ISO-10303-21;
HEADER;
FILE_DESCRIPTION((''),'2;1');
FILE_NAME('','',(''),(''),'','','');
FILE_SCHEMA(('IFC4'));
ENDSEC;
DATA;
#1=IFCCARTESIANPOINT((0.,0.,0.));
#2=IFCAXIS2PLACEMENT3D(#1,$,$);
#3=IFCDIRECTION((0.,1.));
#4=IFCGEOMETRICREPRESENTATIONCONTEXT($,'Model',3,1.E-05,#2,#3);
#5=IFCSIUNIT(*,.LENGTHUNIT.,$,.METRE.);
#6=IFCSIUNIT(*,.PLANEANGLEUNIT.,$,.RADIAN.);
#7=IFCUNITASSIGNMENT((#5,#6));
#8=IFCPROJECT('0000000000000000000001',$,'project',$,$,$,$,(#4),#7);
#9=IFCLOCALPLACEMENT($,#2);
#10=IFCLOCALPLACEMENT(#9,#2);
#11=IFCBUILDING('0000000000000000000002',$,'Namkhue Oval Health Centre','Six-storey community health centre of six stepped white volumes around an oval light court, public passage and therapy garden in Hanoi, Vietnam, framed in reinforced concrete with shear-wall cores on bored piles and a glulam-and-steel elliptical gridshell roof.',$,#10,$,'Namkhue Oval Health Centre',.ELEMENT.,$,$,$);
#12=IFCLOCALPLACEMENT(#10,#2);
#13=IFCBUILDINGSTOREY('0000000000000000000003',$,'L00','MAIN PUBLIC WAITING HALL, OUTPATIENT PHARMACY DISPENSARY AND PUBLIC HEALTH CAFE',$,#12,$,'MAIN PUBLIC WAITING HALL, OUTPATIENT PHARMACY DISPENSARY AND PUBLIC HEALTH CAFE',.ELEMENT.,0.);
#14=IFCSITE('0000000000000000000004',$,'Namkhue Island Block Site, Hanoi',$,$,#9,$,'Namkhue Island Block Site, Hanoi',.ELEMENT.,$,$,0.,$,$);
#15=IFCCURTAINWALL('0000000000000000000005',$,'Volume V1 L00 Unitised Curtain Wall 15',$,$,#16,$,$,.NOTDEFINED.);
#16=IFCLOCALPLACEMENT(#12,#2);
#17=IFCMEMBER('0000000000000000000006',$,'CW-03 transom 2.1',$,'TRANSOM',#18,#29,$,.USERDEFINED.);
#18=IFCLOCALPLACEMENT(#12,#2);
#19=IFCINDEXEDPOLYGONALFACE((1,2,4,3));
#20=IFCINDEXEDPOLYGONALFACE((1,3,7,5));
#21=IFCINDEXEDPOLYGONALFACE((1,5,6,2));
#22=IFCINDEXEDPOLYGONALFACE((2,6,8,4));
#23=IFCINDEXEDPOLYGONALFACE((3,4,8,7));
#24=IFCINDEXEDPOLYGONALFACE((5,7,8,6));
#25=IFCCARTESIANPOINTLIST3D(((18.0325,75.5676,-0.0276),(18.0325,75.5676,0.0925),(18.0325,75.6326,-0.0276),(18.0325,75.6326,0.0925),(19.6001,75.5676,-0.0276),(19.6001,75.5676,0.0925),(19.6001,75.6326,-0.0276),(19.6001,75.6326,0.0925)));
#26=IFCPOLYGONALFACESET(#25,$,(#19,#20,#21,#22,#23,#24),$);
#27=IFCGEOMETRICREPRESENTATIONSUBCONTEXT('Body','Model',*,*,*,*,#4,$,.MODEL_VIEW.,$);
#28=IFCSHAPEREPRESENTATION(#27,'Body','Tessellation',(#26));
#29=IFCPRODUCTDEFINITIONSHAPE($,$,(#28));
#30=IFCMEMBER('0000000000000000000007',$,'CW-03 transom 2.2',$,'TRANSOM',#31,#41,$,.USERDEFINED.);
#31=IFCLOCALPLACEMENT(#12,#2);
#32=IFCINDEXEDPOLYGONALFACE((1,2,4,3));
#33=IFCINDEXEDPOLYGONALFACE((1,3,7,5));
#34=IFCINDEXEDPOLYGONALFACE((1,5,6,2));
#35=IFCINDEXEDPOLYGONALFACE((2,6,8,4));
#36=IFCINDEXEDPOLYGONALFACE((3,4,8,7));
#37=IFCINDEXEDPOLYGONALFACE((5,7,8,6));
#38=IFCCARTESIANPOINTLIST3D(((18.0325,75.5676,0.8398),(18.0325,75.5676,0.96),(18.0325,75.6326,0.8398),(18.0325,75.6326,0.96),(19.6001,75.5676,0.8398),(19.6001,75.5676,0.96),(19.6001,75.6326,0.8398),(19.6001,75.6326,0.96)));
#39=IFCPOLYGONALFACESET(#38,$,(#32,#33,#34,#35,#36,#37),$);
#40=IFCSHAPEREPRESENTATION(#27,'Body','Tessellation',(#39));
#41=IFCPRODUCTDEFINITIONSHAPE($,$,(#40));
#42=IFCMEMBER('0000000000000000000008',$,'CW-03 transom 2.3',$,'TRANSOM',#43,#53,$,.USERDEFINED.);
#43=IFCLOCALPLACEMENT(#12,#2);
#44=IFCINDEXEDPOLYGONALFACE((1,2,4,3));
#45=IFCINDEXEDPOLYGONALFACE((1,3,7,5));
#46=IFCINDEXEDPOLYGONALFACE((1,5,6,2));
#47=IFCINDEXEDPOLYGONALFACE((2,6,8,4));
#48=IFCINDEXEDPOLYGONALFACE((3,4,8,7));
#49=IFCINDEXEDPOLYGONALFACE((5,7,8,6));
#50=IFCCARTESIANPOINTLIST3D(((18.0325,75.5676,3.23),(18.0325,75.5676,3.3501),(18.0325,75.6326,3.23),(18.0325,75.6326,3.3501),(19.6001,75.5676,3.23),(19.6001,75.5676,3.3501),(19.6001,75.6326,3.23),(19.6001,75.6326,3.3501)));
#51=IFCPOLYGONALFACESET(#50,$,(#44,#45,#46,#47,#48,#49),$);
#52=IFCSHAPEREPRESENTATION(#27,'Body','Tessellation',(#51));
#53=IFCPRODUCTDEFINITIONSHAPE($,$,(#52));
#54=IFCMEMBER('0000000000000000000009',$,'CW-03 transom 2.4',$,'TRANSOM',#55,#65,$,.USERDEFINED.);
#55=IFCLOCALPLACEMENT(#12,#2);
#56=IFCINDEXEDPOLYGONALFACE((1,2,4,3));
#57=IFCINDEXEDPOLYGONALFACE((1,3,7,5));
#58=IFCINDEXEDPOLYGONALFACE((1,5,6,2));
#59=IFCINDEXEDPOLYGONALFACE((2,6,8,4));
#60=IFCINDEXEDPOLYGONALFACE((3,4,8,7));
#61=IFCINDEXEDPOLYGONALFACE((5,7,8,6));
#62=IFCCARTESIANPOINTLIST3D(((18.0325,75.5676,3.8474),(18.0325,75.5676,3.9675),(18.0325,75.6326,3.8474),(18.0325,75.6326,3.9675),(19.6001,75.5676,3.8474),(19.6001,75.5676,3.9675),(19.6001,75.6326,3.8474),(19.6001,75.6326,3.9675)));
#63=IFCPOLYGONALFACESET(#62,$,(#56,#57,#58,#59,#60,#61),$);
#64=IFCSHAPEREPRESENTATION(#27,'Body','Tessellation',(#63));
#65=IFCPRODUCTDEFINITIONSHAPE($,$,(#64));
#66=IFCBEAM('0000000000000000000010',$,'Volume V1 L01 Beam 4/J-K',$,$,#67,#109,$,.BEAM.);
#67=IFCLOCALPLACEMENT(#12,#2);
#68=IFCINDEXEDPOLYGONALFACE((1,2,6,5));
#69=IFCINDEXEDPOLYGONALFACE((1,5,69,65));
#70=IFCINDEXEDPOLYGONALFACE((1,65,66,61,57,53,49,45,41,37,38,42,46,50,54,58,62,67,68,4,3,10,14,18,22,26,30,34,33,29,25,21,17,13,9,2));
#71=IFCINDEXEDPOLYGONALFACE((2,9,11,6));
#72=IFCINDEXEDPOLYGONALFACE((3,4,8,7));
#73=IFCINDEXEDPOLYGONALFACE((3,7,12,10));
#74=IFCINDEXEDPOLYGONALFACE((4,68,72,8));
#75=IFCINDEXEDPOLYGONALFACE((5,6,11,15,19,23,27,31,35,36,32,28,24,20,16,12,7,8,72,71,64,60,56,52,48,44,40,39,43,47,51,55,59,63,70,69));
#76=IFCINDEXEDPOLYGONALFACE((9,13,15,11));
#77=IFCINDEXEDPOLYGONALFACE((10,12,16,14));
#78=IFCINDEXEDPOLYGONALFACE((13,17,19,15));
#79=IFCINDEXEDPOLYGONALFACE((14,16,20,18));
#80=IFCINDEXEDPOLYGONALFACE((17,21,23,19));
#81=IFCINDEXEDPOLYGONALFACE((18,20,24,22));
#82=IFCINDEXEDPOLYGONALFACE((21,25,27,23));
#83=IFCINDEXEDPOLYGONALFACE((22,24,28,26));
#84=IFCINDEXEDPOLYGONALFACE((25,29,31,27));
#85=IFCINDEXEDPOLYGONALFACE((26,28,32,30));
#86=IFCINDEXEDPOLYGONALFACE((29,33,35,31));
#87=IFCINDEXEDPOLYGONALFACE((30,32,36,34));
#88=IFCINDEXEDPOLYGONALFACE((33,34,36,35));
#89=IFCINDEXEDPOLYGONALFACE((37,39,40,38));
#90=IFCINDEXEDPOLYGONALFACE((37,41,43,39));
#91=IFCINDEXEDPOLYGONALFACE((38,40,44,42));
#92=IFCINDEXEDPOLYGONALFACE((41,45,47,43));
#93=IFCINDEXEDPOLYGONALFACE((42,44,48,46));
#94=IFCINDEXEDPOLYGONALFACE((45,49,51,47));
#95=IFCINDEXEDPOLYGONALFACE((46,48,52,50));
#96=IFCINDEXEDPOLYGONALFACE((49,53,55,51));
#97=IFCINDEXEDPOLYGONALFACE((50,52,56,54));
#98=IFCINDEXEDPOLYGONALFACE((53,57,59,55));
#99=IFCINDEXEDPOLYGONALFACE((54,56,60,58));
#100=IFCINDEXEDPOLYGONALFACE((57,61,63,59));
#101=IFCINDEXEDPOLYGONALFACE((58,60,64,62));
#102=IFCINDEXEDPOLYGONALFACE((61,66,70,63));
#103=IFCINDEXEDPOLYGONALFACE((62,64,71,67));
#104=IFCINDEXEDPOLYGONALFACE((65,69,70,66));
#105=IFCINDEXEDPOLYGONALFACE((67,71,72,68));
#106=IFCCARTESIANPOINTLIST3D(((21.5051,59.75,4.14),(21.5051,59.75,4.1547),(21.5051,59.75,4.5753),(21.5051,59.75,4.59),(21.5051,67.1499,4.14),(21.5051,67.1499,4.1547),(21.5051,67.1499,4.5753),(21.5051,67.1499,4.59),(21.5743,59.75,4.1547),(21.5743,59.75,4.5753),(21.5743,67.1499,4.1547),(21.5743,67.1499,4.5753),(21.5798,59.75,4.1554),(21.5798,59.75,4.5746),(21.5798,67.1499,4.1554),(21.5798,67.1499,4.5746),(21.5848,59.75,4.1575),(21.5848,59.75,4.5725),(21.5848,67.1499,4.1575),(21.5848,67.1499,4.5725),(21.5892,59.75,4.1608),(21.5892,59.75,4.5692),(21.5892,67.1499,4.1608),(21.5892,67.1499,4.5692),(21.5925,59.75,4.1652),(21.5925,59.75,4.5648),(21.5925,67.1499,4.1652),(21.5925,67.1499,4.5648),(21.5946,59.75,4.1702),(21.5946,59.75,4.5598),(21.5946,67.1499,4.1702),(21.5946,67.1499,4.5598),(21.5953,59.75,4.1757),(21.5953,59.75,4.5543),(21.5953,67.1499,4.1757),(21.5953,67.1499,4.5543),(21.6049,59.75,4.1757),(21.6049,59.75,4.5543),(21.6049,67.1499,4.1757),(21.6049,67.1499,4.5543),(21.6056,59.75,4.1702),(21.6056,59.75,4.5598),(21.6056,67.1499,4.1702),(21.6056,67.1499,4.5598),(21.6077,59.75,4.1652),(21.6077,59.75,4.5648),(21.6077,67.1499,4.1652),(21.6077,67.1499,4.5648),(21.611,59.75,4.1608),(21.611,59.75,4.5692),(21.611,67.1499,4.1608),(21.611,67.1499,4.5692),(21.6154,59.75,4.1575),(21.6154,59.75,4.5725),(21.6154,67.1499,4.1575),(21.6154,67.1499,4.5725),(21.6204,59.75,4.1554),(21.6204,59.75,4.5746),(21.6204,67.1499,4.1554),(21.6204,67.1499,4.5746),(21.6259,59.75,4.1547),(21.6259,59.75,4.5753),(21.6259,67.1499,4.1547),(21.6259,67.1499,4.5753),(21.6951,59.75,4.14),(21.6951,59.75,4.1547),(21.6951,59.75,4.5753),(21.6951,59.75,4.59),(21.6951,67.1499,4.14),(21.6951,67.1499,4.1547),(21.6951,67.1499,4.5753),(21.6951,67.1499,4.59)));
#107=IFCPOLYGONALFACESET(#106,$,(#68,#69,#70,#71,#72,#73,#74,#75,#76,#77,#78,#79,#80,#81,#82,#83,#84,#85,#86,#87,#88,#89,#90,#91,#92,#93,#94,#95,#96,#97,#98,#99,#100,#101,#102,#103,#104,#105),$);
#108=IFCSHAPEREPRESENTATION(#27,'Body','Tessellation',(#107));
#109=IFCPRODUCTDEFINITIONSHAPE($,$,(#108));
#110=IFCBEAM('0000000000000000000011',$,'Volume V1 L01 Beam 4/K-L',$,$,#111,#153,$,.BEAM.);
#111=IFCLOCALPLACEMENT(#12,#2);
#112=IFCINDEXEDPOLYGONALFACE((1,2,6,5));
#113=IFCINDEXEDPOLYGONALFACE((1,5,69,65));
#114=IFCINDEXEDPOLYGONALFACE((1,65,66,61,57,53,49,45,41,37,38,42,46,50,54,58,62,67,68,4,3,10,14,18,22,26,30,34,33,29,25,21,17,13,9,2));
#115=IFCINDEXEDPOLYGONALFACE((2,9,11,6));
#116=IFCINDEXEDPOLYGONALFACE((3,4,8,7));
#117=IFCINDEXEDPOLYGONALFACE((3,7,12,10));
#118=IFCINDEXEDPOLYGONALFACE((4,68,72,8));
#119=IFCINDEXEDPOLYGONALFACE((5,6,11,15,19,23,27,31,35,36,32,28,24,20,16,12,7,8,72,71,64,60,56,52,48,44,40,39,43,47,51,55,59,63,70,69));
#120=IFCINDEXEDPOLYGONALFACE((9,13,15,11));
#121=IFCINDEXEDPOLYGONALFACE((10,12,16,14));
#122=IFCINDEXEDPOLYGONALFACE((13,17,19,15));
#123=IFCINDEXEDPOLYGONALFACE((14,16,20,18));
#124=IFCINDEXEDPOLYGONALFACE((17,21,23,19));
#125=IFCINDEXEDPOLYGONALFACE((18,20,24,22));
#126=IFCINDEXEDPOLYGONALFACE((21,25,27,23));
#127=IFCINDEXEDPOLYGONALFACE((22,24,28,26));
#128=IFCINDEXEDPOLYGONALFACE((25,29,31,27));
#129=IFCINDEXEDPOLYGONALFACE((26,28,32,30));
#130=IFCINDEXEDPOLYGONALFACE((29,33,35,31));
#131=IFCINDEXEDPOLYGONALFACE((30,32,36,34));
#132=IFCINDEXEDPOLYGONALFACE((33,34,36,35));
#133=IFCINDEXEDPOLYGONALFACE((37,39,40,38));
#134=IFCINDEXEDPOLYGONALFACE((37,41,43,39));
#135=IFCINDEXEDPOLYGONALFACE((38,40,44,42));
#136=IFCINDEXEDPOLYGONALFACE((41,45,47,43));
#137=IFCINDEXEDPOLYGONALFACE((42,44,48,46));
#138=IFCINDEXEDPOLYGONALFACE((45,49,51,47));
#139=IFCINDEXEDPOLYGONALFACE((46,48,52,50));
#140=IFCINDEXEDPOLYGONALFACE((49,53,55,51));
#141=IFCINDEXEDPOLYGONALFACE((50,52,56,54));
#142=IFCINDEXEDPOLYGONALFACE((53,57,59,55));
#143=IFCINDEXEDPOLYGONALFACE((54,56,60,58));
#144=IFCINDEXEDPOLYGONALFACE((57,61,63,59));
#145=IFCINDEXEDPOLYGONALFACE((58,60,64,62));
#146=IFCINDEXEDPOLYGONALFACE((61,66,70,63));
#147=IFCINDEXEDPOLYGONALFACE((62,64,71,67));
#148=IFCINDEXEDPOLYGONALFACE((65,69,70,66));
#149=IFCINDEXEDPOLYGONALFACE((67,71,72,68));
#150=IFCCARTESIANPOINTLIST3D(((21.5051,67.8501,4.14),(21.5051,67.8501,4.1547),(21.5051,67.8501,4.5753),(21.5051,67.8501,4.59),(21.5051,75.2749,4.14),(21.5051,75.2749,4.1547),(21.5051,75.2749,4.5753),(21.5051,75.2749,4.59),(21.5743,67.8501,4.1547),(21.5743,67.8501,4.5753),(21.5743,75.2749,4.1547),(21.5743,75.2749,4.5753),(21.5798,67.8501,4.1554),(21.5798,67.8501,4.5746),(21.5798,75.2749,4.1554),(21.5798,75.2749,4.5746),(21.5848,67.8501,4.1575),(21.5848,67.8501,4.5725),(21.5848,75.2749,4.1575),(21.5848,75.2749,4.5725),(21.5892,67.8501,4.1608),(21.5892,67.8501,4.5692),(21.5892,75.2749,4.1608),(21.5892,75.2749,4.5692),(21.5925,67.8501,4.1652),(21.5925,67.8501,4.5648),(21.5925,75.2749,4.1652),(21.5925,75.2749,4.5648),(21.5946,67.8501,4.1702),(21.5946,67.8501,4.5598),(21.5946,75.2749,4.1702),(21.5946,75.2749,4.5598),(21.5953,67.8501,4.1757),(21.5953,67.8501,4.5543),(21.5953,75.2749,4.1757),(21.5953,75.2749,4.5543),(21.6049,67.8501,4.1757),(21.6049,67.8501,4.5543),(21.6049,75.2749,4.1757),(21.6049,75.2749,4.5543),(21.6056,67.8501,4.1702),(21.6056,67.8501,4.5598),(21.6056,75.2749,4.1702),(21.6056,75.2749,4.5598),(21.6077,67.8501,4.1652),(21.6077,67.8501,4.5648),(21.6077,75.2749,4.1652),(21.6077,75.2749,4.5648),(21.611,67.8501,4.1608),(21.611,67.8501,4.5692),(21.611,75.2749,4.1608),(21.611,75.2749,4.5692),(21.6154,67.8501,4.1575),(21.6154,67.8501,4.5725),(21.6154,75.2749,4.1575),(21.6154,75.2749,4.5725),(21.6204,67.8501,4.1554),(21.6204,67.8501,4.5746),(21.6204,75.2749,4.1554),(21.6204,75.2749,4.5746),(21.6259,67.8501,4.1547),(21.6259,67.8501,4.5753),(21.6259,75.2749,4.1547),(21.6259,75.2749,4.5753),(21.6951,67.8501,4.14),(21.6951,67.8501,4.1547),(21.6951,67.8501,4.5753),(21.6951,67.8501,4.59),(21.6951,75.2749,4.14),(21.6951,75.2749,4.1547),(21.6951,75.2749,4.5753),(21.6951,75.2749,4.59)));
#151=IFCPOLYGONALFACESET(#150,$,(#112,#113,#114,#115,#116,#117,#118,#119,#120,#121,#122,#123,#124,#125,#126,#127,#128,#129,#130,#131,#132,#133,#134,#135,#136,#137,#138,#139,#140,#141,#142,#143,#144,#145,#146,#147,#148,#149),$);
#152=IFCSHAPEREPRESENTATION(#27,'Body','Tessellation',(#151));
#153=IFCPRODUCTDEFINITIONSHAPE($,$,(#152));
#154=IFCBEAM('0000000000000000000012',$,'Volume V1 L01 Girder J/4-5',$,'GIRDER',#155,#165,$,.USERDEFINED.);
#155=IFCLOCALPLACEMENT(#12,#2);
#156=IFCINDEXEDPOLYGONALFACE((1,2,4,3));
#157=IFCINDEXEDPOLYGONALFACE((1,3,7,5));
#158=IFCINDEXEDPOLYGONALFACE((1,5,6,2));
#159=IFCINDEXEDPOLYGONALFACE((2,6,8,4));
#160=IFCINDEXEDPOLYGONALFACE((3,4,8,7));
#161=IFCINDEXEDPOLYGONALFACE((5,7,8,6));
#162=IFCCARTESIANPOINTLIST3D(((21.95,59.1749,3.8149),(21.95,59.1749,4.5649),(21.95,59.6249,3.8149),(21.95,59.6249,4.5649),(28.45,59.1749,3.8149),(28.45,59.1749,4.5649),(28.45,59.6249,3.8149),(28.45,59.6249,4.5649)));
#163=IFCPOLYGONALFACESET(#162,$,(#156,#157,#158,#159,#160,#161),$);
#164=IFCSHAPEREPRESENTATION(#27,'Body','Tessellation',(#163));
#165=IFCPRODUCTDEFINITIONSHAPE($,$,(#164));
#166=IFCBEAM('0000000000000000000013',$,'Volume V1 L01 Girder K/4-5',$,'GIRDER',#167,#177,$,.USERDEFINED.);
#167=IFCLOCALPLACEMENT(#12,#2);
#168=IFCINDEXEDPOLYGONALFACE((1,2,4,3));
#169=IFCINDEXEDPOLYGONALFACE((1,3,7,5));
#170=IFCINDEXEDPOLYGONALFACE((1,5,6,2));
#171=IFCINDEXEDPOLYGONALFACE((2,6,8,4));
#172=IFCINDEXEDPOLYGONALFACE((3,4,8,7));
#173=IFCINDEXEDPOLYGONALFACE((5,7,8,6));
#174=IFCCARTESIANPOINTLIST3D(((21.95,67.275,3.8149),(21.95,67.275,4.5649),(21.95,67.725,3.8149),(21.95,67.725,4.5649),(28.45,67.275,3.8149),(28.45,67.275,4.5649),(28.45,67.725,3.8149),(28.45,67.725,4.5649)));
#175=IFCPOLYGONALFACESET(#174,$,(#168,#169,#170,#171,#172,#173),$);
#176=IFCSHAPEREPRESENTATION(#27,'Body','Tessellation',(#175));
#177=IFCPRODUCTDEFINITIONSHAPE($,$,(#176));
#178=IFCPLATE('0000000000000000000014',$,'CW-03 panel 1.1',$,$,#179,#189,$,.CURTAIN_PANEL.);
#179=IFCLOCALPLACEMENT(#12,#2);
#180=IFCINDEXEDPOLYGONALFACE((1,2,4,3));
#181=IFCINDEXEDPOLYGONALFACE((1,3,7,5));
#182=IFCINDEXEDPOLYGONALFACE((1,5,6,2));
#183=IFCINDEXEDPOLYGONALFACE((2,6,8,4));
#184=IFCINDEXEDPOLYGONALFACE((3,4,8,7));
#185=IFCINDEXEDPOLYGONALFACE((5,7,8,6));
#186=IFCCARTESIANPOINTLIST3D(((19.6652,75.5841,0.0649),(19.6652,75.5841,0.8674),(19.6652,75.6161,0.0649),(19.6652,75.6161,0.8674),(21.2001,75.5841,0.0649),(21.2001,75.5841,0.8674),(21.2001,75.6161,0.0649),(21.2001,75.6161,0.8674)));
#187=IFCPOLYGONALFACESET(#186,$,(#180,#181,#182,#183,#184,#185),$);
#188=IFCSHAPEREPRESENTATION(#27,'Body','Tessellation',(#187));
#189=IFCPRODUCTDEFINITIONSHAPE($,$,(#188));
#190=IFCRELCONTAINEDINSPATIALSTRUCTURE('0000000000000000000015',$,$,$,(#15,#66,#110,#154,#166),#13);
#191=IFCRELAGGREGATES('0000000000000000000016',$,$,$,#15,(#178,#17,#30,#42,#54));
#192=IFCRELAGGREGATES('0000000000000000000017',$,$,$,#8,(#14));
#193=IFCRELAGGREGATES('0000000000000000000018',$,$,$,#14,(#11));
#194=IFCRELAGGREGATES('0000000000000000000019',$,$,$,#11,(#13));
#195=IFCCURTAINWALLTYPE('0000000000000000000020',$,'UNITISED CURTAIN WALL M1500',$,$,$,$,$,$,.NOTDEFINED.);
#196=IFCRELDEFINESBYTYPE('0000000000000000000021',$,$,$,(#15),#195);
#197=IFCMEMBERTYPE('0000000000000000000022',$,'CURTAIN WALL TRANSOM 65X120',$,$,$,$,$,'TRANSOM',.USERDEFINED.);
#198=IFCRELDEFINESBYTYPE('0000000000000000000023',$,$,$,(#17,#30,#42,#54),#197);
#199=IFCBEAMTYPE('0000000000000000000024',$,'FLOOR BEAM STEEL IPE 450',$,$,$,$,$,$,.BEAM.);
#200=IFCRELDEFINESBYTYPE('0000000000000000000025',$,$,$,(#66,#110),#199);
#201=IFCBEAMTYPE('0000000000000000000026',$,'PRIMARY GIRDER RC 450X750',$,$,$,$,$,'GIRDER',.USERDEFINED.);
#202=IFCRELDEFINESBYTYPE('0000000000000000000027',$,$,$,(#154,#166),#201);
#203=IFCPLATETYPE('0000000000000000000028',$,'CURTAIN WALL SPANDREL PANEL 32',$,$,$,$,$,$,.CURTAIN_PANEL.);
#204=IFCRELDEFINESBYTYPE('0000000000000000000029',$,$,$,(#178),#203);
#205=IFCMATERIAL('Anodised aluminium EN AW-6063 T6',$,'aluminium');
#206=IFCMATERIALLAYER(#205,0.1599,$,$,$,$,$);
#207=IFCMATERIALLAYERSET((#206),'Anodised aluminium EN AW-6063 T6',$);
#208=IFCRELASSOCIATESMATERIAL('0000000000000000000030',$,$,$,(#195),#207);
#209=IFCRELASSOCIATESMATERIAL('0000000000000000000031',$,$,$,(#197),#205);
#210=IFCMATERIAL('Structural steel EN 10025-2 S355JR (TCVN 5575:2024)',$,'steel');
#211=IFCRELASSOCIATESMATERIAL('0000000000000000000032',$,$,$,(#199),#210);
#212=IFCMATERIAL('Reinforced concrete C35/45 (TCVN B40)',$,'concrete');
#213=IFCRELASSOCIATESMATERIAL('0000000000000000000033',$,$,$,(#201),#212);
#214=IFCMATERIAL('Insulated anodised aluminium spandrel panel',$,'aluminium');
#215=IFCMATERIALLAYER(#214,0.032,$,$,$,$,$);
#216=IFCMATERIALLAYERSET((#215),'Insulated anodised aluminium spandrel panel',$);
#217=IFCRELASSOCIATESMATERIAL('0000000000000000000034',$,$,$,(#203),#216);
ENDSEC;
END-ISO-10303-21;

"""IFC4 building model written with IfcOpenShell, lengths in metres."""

from ifc_helpers import new_model, si_unit, direction, frame, origin, origin_2d, place, context, subcontext, project, spatial, rectangle, i_section, extrude, material, layer, layer_set, material_profile, profile_set, type_object, element, aggregate, save


model = new_model("IFC4")

# Units and contexts
model_context = context("Model", 3, precision=1e-05, world=origin(), true_north=direction((0.0, 1.0)))
body_context = subcontext(model_context, "Body", "Model", "MODEL_VIEW")
ifc_project = project(units=[si_unit("LENGTHUNIT", "METRE"), si_unit("PLANEANGLEUNIT", "RADIAN")], contexts=[model_context])

# Site, building, storey
site_placement = place(None, origin())
site = spatial("IfcSite", under=ifc_project, at=site_placement, Name="Namkhue Island Block Site, Hanoi", LongName="Namkhue Island Block Site, Hanoi", CompositionType="ELEMENT", RefElevation=0.0)
building_placement = place(site_placement, origin())
building = spatial("IfcBuilding", under=site, at=building_placement, Name="Namkhue Oval Health Centre", Description="Six-storey community health centre of six stepped white volumes around an oval light court, public passage and therapy garden in Hanoi, Vietnam, framed in reinforced concrete with shear-wall cores on bored piles and a glulam-and-steel elliptical gridshell roof.", LongName="Namkhue Oval Health Centre", CompositionType="ELEMENT")
storey_placement = place(building_placement, origin())
storey = spatial("IfcBuildingStorey", under=building, at=storey_placement, Name="L00", Description="MAIN PUBLIC WAITING HALL, OUTPATIENT PHARMACY DISPENSARY AND PUBLIC HEALTH CAFE", LongName="MAIN PUBLIC WAITING HALL, OUTPATIENT PHARMACY DISPENSARY AND PUBLIC HEALTH CAFE", CompositionType="ELEMENT", Elevation=0.0)

# Shared definitions
ifc_material_1 = material(Name="Reinforced concrete C35/45 (TCVN B40)", Category="concrete")

# Curtain wall, members
ifc_material_2 = material(Name="Anodised aluminium EN AW-6063 T6", Category="aluminium")
ifc_layer_1 = layer(ifc_material_2, 0.1599)
ifc_layer_set_1 = layer_set([ifc_layer_1], Name="Anodised aluminium EN AW-6063 T6")
curtain_wall_type = type_object("IfcCurtainWallType", Name="UNITISED CURTAIN WALL M1500", PredefinedType="NOTDEFINED", material=ifc_layer_set_1)
curtain_wall_placement = place(storey_placement, origin())
curtain_wall = element("IfcCurtainWall", 1, at=curtain_wall_placement, inside=storey, type_object=curtain_wall_type, Name="Volume V1 L00 Unitised Curtain Wall 15", PredefinedType="NOTDEFINED")
ifc_material_profile_1 = material_profile(ifc_material_2, rectangle(XDim=0.0649, YDim=0.1201, at=origin_2d()), Name="ALU 65x120")
ifc_profile_set_1 = profile_set([ifc_material_profile_1], Name="Anodised aluminium EN AW-6063 T6")
member_type_1 = type_object("IfcMemberType", Name="CURTAIN WALL TRANSOM 65X120", ElementType="TRANSOM", PredefinedType="USERDEFINED", material=ifc_profile_set_1)
member_1_placement = place(storey_placement, frame((19.6001, 75.6001, 0.0325), z_axis=(-1.0, 0.0, 0.0), x_axis=(0.0, -1.0, 0.0)))
member_1 = element("IfcMember", 2, at=member_1_placement, type_object=member_type_1, Name="CW-03 transom 2.1", ObjectType="TRANSOM", PredefinedType="USERDEFINED", context=body_context, shape_type="SweptSolid", body=[
    extrude(rectangle(XDim=0.0649, YDim=0.1201, at=origin_2d()), origin(), (0.0, 0.0, 1.0), 1.5676),
])
member_2_placement = place(storey_placement, frame((19.6001, 75.6001, 0.8999), z_axis=(-1.0, 0.0, 0.0), x_axis=(0.0, -1.0, 0.0)))
member_2 = element("IfcMember", 3, at=member_2_placement, type_object=member_type_1, Name="CW-03 transom 2.2", ObjectType="TRANSOM", PredefinedType="USERDEFINED", context=body_context, shape_type="SweptSolid", body=[
    extrude(rectangle(XDim=0.0649, YDim=0.1201, at=origin_2d()), origin(), (0.0, 0.0, 1.0), 1.5676),
])
member_3_placement = place(storey_placement, frame((19.6001, 75.6001, 3.29), z_axis=(-1.0, 0.0, 0.0), x_axis=(0.0, -1.0, 0.0)))
member_3 = element("IfcMember", 4, at=member_3_placement, type_object=member_type_1, Name="CW-03 transom 2.3", ObjectType="TRANSOM", PredefinedType="USERDEFINED", context=body_context, shape_type="SweptSolid", body=[
    extrude(rectangle(XDim=0.0649, YDim=0.1201, at=origin_2d()), origin(), (0.0, 0.0, 1.0), 1.5676),
])
member_4_placement = place(storey_placement, frame((19.6001, 75.6001, 3.9075), z_axis=(-1.0, 0.0, 0.0), x_axis=(0.0, -1.0, 0.0)))
member_4 = element("IfcMember", 5, at=member_4_placement, type_object=member_type_1, Name="CW-03 transom 2.4", ObjectType="TRANSOM", PredefinedType="USERDEFINED", context=body_context, shape_type="SweptSolid", body=[
    extrude(rectangle(XDim=0.0649, YDim=0.1201, at=origin_2d()), origin(), (0.0, 0.0, 1.0), 1.5676),
])

# Beams
ifc_material_3 = material(Name="Structural steel EN 10025-2 S355JR (TCVN 5575:2024)", Category="steel")
ifc_material_profile_2 = material_profile(ifc_material_3, i_section(OverallWidth=0.1899, OverallDepth=0.45, WebThickness=0.0095, FlangeThickness=0.0146, FilletRadius=0.021, at=origin_2d()), Name="IPE 450")
ifc_profile_set_2 = profile_set([ifc_material_profile_2], Name="Structural steel EN 10025-2 S355JR (TCVN 5575:2024)")
beam_type_1 = type_object("IfcBeamType", Name="FLOOR BEAM STEEL IPE 450", PredefinedType="BEAM", material=ifc_profile_set_2)
beam_1_placement = place(storey_placement, frame((21.6001, 59.75, 4.365), z_axis=(0.0, 1.0, 0.0), x_axis=(-1.0, 0.0, 0.0)))
element("IfcBeam", 6, at=beam_1_placement, inside=storey, type_object=beam_type_1, Name="Volume V1 L01 Beam 4/J-K", PredefinedType="BEAM", context=body_context, shape_type="SweptSolid", body=[
    extrude(i_section(OverallWidth=0.1899, OverallDepth=0.45, WebThickness=0.0095, FlangeThickness=0.0146, FilletRadius=0.021, at=origin_2d()), origin(), (0.0, 0.0, 1.0), 7.3999),
])
beam_2_placement = place(storey_placement, frame((21.6001, 67.8501, 4.365), z_axis=(0.0, 1.0, 0.0), x_axis=(-1.0, 0.0, 0.0)))
element("IfcBeam", 7, at=beam_2_placement, inside=storey, type_object=beam_type_1, Name="Volume V1 L01 Beam 4/K-L", PredefinedType="BEAM", context=body_context, shape_type="SweptSolid", body=[
    extrude(i_section(OverallWidth=0.1899, OverallDepth=0.45, WebThickness=0.0095, FlangeThickness=0.0146, FilletRadius=0.021, at=origin_2d()), origin(), (0.0, 0.0, 1.0), 7.4248),
])
ifc_material_profile_3 = material_profile(ifc_material_1, rectangle(XDim=0.45, YDim=0.75, at=origin_2d()), Name="RC 450x750")
ifc_profile_set_3 = profile_set([ifc_material_profile_3], Name="Reinforced concrete C35/45 (TCVN B40)")
beam_type_2 = type_object("IfcBeamType", Name="PRIMARY GIRDER RC 450X750", ElementType="GIRDER", PredefinedType="USERDEFINED", material=ifc_profile_set_3)
for number, where, z_axis, x_axis, name in (
    (8, (21.95, 59.3999, 4.1899), (1.0, 0.0, 0.0), (0.0, 1.0, 0.0), "Volume V1 L01 Girder J/4-5"),
    (9, (21.95, 67.5, 4.1899), (1.0, 0.0, 0.0), (0.0, 1.0, 0.0), "Volume V1 L01 Girder K/4-5"),
):
    element("IfcBeam", number, at=place(storey_placement, frame(where, z_axis=z_axis, x_axis=x_axis)), inside=storey, type_object=beam_type_2, Name=name, ObjectType="GIRDER", PredefinedType="USERDEFINED", context=body_context, shape_type="SweptSolid", body=[
        extrude(rectangle(XDim=0.45, YDim=0.75, at=origin_2d()), origin(), (0.0, 0.0, 1.0), 6.5),
    ])

# Plate
ifc_material_4 = material(Name="Insulated anodised aluminium spandrel panel", Category="aluminium")
ifc_layer_2 = layer(ifc_material_4, 0.032)
ifc_layer_set_2 = layer_set([ifc_layer_2], Name="Insulated anodised aluminium spandrel panel")
plate_type = type_object("IfcPlateType", Name="CURTAIN WALL SPANDREL PANEL 32", PredefinedType="CURTAIN_PANEL", material=ifc_layer_set_2)
plate_1_placement = place(storey_placement, frame((20.4326, 75.6001, 0.0649), z_axis=(0.0, 0.0, 1.0), x_axis=(-1.0, 0.0, 0.0)))
plate_1 = element("IfcPlate", 10, at=plate_1_placement, type_object=plate_type, Name="CW-03 panel 1.1", PredefinedType="CURTAIN_PANEL", context=body_context, shape_type="SweptSolid", body=[
    extrude(rectangle(XDim=1.5349, YDim=0.032, at=origin_2d()), origin(), (0.0, 0.0, 1.0), 0.8025),
])
aggregate(curtain_wall, [plate_1, member_1, member_2, member_3, member_4])

save(model, "model.ifc")
